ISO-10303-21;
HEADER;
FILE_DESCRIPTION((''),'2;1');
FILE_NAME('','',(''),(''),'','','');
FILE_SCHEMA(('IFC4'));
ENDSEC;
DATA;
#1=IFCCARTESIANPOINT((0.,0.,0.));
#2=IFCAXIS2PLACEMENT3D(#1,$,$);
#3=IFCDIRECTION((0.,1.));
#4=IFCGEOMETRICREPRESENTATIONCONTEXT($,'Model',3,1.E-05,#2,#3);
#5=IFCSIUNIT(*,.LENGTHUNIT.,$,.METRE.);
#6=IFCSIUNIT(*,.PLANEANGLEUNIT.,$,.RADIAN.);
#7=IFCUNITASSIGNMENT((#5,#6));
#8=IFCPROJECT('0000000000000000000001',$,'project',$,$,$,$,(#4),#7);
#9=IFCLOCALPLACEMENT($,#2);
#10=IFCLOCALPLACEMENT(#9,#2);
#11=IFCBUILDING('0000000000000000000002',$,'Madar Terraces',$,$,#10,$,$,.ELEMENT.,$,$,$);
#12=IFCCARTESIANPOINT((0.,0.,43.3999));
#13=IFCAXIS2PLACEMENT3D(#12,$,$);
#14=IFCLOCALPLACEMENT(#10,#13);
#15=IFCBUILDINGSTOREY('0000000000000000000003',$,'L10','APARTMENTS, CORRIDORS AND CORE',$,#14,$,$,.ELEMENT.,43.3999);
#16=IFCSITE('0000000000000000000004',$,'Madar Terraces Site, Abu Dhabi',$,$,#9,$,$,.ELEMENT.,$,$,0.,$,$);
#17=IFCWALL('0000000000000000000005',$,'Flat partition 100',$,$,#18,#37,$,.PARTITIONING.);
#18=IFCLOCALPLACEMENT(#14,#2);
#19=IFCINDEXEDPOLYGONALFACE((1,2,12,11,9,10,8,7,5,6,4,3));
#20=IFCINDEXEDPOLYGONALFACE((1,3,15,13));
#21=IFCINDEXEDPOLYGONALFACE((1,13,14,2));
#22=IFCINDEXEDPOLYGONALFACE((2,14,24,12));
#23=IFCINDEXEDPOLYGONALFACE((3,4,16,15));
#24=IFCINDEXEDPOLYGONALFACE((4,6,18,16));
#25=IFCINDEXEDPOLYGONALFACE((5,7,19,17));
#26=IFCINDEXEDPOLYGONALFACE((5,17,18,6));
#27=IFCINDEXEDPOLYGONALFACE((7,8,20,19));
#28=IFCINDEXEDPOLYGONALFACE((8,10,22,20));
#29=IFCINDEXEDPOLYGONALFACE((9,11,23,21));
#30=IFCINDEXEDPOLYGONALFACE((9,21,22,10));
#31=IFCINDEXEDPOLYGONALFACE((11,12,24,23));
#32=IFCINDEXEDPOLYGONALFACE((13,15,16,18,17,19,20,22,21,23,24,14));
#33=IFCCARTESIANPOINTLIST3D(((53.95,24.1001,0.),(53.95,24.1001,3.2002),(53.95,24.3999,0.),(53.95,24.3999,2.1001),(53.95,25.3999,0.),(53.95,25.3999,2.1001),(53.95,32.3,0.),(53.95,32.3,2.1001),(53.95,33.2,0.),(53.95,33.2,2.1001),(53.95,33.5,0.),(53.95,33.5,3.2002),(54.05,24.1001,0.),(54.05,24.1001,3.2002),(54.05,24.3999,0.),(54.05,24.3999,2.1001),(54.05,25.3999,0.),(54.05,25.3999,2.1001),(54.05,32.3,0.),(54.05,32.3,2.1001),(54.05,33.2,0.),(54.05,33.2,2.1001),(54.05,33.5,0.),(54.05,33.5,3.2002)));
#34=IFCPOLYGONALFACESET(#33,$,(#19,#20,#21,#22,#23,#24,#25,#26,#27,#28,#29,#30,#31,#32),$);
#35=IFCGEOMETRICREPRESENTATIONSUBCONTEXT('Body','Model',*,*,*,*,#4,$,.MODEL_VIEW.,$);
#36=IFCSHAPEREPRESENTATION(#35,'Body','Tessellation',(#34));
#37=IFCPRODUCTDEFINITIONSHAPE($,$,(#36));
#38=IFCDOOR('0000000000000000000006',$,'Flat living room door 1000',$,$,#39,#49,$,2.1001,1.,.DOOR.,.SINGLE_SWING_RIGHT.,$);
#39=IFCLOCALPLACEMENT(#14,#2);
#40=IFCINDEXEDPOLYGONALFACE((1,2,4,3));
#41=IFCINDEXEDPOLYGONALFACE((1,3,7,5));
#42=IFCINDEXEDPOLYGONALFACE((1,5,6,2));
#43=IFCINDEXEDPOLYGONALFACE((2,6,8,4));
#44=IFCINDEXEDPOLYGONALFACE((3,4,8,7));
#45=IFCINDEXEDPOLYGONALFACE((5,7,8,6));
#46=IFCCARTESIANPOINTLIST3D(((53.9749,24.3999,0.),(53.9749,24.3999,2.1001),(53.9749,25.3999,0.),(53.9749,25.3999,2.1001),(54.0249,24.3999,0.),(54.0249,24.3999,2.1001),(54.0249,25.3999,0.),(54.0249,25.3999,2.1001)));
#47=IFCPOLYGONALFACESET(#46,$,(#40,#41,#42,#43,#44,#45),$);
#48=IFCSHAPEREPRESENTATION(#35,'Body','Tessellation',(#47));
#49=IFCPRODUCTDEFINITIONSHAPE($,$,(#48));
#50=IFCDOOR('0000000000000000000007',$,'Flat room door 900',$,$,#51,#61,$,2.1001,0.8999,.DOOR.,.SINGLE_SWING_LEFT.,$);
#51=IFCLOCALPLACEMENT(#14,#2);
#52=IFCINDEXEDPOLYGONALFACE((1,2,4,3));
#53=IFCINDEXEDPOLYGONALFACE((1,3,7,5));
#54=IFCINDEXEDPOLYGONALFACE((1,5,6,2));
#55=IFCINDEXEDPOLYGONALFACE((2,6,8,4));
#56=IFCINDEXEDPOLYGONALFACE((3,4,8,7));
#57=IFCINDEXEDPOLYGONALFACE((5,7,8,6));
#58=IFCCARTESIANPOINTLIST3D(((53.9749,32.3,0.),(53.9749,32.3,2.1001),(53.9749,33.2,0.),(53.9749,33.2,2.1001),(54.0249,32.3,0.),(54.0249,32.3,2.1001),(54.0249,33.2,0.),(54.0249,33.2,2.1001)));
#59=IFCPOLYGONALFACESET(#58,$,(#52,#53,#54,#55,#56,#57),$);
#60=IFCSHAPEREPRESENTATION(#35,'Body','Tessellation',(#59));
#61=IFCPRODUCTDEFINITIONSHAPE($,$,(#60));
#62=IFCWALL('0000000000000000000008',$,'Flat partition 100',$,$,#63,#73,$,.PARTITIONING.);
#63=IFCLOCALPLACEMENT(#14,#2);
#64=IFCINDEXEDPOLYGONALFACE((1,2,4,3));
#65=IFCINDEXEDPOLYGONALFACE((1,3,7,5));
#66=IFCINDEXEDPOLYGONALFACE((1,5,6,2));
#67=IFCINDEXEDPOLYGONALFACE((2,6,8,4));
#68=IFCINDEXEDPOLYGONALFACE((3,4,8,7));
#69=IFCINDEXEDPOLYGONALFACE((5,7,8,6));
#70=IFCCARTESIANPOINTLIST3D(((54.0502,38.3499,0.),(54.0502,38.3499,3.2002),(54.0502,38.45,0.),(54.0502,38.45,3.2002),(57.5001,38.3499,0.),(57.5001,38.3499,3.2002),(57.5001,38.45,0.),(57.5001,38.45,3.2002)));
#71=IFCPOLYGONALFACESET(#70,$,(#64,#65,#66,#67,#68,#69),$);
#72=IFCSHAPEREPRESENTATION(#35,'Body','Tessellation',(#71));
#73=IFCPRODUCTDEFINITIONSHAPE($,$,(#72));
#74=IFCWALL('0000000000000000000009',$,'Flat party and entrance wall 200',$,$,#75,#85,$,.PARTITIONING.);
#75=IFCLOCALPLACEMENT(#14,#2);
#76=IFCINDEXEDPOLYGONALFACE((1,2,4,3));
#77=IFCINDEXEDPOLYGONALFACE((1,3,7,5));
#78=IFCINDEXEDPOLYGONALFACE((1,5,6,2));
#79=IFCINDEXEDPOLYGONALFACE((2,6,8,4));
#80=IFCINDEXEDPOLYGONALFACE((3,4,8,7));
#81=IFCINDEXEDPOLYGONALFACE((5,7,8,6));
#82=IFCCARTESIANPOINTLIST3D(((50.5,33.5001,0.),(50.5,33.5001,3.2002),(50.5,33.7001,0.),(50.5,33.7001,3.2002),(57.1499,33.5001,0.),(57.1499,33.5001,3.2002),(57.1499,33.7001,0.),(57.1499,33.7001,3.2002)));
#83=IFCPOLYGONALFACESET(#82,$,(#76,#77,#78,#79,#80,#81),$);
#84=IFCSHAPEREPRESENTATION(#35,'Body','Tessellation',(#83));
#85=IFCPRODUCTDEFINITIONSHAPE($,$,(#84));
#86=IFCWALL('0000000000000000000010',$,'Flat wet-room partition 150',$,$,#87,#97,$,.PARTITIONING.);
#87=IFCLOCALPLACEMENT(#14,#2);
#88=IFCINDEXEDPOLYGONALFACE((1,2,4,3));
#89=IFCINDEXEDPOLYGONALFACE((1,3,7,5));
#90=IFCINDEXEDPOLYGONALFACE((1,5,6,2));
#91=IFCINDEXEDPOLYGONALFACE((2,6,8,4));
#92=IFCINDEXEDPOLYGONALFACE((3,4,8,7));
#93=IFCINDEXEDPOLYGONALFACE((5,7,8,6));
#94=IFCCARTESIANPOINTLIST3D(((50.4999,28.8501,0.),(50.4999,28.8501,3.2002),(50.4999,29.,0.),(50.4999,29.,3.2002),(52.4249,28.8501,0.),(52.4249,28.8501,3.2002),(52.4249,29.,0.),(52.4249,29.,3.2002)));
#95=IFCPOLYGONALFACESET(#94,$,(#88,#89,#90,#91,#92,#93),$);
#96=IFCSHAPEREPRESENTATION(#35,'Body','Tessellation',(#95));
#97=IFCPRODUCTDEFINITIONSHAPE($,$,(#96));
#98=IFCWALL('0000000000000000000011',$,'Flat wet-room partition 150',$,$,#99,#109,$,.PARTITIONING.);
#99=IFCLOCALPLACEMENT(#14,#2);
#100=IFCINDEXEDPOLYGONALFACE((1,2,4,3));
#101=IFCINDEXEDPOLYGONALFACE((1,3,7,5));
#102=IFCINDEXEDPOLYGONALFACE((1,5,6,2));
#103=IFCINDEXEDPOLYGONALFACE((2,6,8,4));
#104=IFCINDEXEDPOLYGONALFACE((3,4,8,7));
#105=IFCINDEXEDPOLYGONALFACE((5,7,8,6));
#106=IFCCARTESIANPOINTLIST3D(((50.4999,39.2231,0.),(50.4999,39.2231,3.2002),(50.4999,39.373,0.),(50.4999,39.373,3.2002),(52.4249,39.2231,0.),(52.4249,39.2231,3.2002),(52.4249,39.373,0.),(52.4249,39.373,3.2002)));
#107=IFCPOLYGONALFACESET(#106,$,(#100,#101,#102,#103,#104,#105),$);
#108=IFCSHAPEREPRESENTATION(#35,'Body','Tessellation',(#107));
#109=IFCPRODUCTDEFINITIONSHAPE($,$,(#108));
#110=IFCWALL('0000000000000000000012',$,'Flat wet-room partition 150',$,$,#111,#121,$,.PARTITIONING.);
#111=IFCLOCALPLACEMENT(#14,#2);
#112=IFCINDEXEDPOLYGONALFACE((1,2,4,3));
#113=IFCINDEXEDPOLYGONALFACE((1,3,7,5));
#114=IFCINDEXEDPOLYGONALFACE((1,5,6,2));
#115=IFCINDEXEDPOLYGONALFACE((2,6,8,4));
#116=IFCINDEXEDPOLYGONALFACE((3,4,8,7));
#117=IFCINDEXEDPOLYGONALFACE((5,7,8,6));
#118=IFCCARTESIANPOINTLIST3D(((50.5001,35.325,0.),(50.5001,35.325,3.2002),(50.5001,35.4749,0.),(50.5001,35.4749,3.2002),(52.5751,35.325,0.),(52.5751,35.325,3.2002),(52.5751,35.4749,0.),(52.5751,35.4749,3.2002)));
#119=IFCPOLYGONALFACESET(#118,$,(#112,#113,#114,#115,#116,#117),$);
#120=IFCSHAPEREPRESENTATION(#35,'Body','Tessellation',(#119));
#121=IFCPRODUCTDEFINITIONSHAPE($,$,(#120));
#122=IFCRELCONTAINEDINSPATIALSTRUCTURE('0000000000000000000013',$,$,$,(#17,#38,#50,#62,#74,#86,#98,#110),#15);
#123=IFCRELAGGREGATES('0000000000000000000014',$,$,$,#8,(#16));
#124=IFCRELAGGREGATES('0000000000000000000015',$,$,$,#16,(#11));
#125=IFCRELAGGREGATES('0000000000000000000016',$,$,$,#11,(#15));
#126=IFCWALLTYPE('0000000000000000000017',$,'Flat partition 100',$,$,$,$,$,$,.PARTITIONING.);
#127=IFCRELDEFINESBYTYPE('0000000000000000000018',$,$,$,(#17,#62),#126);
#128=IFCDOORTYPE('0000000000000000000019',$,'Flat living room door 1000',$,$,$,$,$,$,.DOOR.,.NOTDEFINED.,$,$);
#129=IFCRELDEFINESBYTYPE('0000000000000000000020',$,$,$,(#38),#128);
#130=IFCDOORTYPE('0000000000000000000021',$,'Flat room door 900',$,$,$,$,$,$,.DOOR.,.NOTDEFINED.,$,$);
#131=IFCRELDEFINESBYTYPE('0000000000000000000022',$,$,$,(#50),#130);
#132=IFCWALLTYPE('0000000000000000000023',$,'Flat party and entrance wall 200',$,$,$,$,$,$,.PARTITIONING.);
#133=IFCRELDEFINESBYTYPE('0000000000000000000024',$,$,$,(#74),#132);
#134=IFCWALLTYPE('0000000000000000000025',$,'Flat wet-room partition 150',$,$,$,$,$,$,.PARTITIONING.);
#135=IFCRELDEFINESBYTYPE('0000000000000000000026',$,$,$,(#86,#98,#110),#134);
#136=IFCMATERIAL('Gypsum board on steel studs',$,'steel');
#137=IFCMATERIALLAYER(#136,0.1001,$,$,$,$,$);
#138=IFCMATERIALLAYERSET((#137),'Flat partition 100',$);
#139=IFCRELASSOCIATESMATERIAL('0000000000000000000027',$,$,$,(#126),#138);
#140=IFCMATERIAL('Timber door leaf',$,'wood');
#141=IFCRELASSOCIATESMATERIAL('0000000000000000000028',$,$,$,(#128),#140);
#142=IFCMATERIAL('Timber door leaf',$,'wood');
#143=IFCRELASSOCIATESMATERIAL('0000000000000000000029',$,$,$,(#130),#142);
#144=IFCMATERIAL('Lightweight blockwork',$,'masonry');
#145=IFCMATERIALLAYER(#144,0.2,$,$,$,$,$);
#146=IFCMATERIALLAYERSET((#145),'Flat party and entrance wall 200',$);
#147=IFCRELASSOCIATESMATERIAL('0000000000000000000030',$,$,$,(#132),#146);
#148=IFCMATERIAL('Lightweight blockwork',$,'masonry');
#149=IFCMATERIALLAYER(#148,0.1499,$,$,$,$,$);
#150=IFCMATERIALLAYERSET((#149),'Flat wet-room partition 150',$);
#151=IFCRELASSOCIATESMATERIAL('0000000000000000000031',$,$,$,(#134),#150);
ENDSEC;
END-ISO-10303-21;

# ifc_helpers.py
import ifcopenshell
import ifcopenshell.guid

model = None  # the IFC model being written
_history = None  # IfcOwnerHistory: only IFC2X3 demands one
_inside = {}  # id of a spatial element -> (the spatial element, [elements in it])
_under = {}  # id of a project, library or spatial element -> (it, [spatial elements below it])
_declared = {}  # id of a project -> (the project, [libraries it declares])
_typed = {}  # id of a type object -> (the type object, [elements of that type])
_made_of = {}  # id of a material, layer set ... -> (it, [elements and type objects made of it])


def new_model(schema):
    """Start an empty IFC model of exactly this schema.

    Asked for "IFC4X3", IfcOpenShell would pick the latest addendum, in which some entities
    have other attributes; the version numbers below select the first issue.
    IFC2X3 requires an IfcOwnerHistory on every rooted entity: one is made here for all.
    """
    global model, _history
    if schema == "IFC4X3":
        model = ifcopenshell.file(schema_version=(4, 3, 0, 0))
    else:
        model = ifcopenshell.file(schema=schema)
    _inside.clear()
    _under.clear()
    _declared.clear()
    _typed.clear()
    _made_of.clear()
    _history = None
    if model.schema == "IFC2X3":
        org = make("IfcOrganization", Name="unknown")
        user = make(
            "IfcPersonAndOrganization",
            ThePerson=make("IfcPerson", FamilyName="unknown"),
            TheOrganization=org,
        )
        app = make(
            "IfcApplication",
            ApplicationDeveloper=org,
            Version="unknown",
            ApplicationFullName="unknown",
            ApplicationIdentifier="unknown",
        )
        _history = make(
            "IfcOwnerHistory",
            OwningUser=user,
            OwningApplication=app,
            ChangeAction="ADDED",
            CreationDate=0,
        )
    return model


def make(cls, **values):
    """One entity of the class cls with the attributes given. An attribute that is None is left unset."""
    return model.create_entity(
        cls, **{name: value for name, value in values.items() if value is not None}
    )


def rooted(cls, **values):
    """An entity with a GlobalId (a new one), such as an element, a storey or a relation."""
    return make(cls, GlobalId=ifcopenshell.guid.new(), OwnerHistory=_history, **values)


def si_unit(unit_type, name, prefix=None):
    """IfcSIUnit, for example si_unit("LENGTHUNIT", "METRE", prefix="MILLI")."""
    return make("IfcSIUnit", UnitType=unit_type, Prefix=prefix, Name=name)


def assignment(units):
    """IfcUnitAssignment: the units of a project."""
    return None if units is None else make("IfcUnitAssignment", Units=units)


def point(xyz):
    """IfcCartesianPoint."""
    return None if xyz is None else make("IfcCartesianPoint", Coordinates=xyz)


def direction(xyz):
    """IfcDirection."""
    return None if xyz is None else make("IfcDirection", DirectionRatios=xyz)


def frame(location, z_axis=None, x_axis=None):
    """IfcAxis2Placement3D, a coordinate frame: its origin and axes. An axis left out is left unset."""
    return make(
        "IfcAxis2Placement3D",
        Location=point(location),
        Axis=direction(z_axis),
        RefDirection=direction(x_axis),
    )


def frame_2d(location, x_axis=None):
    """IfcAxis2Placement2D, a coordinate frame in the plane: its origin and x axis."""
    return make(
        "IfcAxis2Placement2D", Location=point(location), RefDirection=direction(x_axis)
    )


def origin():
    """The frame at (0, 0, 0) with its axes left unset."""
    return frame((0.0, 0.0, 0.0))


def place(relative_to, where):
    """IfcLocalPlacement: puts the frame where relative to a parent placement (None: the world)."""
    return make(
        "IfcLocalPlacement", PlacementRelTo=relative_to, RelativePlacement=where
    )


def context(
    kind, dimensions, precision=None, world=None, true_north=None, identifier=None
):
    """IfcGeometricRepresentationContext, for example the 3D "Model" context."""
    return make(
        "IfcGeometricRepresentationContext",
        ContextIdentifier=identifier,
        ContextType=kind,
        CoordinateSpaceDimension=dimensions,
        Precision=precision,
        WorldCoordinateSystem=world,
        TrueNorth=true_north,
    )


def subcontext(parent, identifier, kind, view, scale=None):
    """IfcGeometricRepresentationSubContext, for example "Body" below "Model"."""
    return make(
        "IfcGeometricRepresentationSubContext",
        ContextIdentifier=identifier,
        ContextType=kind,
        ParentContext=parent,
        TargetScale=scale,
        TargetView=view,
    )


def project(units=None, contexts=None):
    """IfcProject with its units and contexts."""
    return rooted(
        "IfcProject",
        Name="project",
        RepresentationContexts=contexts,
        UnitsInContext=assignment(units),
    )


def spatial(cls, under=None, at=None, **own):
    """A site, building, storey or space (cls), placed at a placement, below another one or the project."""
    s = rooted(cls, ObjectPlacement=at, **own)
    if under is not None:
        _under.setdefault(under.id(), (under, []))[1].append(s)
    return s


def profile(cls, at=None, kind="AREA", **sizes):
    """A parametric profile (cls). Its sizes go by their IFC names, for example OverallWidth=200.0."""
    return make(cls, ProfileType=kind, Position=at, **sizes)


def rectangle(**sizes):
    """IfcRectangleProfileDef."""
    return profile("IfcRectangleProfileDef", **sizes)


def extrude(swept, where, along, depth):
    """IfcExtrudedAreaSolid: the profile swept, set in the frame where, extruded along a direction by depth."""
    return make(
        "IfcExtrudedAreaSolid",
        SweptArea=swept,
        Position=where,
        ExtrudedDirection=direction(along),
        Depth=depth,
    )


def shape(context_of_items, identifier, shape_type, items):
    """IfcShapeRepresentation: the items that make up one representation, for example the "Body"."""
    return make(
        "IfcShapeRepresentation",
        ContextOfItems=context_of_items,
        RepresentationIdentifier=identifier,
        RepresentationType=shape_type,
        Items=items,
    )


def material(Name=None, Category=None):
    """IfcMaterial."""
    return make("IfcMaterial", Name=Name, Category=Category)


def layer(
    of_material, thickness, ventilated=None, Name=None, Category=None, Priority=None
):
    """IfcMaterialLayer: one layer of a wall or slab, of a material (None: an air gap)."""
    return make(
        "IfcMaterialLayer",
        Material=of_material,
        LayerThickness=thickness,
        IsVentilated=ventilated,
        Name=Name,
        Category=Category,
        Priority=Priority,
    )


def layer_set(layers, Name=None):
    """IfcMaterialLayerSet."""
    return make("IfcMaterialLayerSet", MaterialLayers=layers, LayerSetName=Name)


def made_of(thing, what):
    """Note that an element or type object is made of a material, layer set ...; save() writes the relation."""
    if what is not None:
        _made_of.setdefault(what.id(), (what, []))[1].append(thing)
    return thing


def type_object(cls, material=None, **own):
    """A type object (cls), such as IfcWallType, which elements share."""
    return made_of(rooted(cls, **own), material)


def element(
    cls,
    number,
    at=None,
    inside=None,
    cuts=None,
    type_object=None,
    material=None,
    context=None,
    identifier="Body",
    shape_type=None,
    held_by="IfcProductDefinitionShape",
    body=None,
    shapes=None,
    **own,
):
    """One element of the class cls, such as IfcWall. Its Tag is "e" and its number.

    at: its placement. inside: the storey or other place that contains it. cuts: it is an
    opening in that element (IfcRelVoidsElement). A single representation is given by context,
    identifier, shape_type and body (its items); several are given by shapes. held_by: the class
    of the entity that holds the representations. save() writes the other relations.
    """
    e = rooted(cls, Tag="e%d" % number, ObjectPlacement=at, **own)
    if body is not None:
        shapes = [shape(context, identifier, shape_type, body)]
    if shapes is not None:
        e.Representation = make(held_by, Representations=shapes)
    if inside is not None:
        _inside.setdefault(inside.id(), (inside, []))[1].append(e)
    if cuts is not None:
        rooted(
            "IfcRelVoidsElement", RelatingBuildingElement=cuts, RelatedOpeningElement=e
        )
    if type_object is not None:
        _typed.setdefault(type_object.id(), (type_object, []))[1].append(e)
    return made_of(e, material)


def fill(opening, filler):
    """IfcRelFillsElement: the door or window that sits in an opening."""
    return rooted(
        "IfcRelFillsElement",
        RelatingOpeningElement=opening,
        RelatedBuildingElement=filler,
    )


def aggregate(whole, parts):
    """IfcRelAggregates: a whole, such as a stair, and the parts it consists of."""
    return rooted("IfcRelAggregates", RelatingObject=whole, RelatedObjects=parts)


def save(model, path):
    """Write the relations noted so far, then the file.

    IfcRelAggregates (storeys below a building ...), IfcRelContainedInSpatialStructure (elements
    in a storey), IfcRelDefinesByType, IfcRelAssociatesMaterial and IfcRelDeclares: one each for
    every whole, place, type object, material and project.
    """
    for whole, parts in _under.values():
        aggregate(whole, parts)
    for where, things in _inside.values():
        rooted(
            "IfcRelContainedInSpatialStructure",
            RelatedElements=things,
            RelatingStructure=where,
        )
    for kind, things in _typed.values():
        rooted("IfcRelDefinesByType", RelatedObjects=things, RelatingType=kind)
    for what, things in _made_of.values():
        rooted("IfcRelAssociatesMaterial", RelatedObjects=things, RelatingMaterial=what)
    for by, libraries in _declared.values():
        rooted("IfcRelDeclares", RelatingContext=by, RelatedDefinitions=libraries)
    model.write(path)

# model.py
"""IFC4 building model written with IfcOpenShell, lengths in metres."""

from ifc_helpers import new_model, si_unit, direction, frame, frame_2d, origin, place, context, subcontext, project, spatial, rectangle, extrude, material, layer, layer_set, type_object, element, fill, save


model = new_model("IFC4")

# Units and contexts
model_context = context("Model", 3, precision=1e-05, world=origin(), true_north=direction((0.0, 1.0)))
body_context = subcontext(model_context, "Body", "Model", "MODEL_VIEW")
ifc_project = project(units=[si_unit("LENGTHUNIT", "METRE"), si_unit("PLANEANGLEUNIT", "RADIAN")], contexts=[model_context])

# Site, building, storey
site_placement = place(None, origin())
site = spatial("IfcSite", under=ifc_project, at=site_placement, Name="Madar Terraces Site, Abu Dhabi", CompositionType="ELEMENT", RefElevation=0.0)
building_placement = place(site_placement, origin())
building = spatial("IfcBuilding", under=site, at=building_placement, Name="Madar Terraces", CompositionType="ELEMENT")
storey_placement = place(building_placement, frame((0.0, 0.0, 43.3999)))
storey = spatial("IfcBuildingStorey", under=building, at=storey_placement, Name="L10", Description="APARTMENTS, CORRIDORS AND CORE", CompositionType="ELEMENT", Elevation=43.3999)

# Shared definitions
ifc_material_1 = material(Name="Gypsum board on steel studs", Category="steel")
ifc_layer_1 = layer(ifc_material_1, 0.1001)
ifc_layer_set_1 = layer_set([ifc_layer_1], Name="Flat partition 100")
wall_type_1 = type_object("IfcWallType", Name="Flat partition 100", PredefinedType="PARTITIONING", material=ifc_layer_set_1)

# Wall, openings, doors
wall_1_placement = place(storey_placement, frame((54.0, 33.5, 0.0), z_axis=(0.0, 0.0, 1.0), x_axis=(0.0, -1.0, 0.0)))
wall_1 = element("IfcWall", 1, at=wall_1_placement, inside=storey, type_object=wall_type_1, Name="Flat partition 100", PredefinedType="PARTITIONING", context=body_context, shape_type="SweptSolid", body=[
    extrude(rectangle(XDim=9.3999, YDim=0.1001, at=frame_2d((4.7, 0.0))), origin(), (0.0, 0.0, 1.0), 3.2002),
])
opening_1_placement = place(wall_1_placement, frame((8.1001, 0.0, 0.0)))
opening_1 = element("IfcOpeningElement", 2, at=opening_1_placement, cuts=wall_1, PredefinedType="OPENING", context=body_context, shape_type="SweptSolid", body=[
    extrude(rectangle(XDim=1.0, YDim=2.1001, at=frame_2d((0.5, 1.05))), frame((0.0, 0.0601, 0.0), z_axis=(0.0, -1.0, 0.0), x_axis=(1.0, 0.0, 0.0)), (0.0, 0.0, 1.0), 0.1201),
])
opening_2_placement = place(wall_1_placement, frame((0.3, 0.0, 0.0)))
opening_2 = element("IfcOpeningElement", 3, at=opening_2_placement, cuts=wall_1, PredefinedType="OPENING", context=body_context, shape_type="SweptSolid", body=[
    extrude(rectangle(XDim=0.8999, YDim=2.1001, at=frame_2d((0.45, 1.05))), frame((0.0, 0.0601, 0.0), z_axis=(0.0, -1.0, 0.0), x_axis=(1.0, 0.0, 0.0)), (0.0, 0.0, 1.0), 0.1201),
])
ifc_material_2 = material(Name="Timber door leaf", Category="wood")
door_type_1 = type_object("IfcDoorType", Name="Flat living room door 1000", OperationType="NOTDEFINED", PredefinedType="DOOR", material=ifc_material_2)
door_1_placement = place(opening_1_placement, origin())
door_1 = element("IfcDoor", 4, at=door_1_placement, inside=storey, type_object=door_type_1, Name="Flat living room door 1000", OperationType="SINGLE_SWING_RIGHT", OverallHeight=2.1001, OverallWidth=1.0, PredefinedType="DOOR", context=body_context, shape_type="SweptSolid", body=[
    extrude(rectangle(XDim=1.0, YDim=2.1001, at=frame_2d((0.5, 1.05))), frame((0.0, 0.0249, 0.0), z_axis=(0.0, -1.0, 0.0), x_axis=(1.0, 0.0, 0.0)), (0.0, 0.0, 1.0), 0.05),
])
fill(opening_1, door_1)
ifc_material_3 = material(Name="Timber door leaf", Category="wood")
door_type_2 = type_object("IfcDoorType", Name="Flat room door 900", OperationType="NOTDEFINED", PredefinedType="DOOR", material=ifc_material_3)
door_2_placement = place(opening_2_placement, origin())
door_2 = element("IfcDoor", 5, at=door_2_placement, inside=storey, type_object=door_type_2, Name="Flat room door 900", OperationType="SINGLE_SWING_LEFT", OverallHeight=2.1001, OverallWidth=0.8999, PredefinedType="DOOR", context=body_context, shape_type="SweptSolid", body=[
    extrude(rectangle(XDim=0.8999, YDim=2.1001, at=frame_2d((0.45, 1.05))), frame((0.0, 0.0249, 0.0), z_axis=(0.0, -1.0, 0.0), x_axis=(1.0, 0.0, 0.0)), (0.0, 0.0, 1.0), 0.05),
])
fill(opening_2, door_2)

# Walls
wall_2_placement = place(storey_placement, frame((54.05, 38.3999, 0.0), z_axis=(0.0, 0.0, 1.0), x_axis=(1.0, 0.0, 0.0)))
element("IfcWall", 6, at=wall_2_placement, inside=storey, type_object=wall_type_1, Name="Flat partition 100", PredefinedType="PARTITIONING", context=body_context, shape_type="SweptSolid", body=[
    extrude(rectangle(XDim=3.45, YDim=0.1001, at=frame_2d((1.7251, 0.0))), origin(), (0.0, 0.0, 1.0), 3.2002),
])
ifc_material_4 = material(Name="Lightweight blockwork", Category="masonry")
ifc_layer_2 = layer(ifc_material_4, 0.2)
ifc_layer_set_2 = layer_set([ifc_layer_2], Name="Flat party and entrance wall 200")
wall_type_2 = type_object("IfcWallType", Name="Flat party and entrance wall 200", PredefinedType="PARTITIONING", material=ifc_layer_set_2)
wall_3_placement = place(storey_placement, frame((50.5, 33.6001, 0.0), z_axis=(0.0, 0.0, 1.0), x_axis=(1.0, 0.0, 0.0)))
element("IfcWall", 7, at=wall_3_placement, inside=storey, type_object=wall_type_2, Name="Flat party and entrance wall 200", PredefinedType="PARTITIONING", context=body_context, shape_type="SweptSolid", body=[
    extrude(rectangle(XDim=6.6499, YDim=0.2, at=frame_2d((3.325, 0.0))), origin(), (0.0, 0.0, 1.0), 3.2002),
])
ifc_material_5 = material(Name="Lightweight blockwork", Category="masonry")
ifc_layer_3 = layer(ifc_material_5, 0.1499)
ifc_layer_set_3 = layer_set([ifc_layer_3], Name="Flat wet-room partition 150")
wall_type_3 = type_object("IfcWallType", Name="Flat wet-room partition 150", PredefinedType="PARTITIONING", material=ifc_layer_set_3)
for number, where, z_axis, x_axis, name in (
    (8, (50.5, 28.925, 0.0), (0.0, 0.0, 1.0), (1.0, 0.0, 0.0), "Flat wet-room partition 150"),
    (9, (50.5, 39.2981, 0.0), (0.0, 0.0, 1.0), (1.0, 0.0, 0.0), "Flat wet-room partition 150"),
):
    element("IfcWall", number, at=place(storey_placement, frame(where, z_axis=z_axis, x_axis=x_axis)), inside=storey, type_object=wall_type_3, Name=name, PredefinedType="PARTITIONING", context=body_context, shape_type="SweptSolid", body=[
        extrude(rectangle(XDim=1.925, YDim=0.1499, at=frame_2d((0.9624, 0.0))), origin(), (0.0, 0.0, 1.0), 3.2002),
    ])
wall_4_placement = place(storey_placement, frame((50.5, 35.3999, 0.0), z_axis=(0.0, 0.0, 1.0), x_axis=(1.0, 0.0, 0.0)))
element("IfcWall", 10, at=wall_4_placement, inside=storey, type_object=wall_type_3, Name="Flat wet-room partition 150", PredefinedType="PARTITIONING", context=body_context, shape_type="SweptSolid", body=[
    extrude(rectangle(XDim=2.075, YDim=0.1499, at=frame_2d((1.0376, 0.0))), origin(), (0.0, 0.0, 1.0), 3.2002),
])

save(model, "model.ifc")
